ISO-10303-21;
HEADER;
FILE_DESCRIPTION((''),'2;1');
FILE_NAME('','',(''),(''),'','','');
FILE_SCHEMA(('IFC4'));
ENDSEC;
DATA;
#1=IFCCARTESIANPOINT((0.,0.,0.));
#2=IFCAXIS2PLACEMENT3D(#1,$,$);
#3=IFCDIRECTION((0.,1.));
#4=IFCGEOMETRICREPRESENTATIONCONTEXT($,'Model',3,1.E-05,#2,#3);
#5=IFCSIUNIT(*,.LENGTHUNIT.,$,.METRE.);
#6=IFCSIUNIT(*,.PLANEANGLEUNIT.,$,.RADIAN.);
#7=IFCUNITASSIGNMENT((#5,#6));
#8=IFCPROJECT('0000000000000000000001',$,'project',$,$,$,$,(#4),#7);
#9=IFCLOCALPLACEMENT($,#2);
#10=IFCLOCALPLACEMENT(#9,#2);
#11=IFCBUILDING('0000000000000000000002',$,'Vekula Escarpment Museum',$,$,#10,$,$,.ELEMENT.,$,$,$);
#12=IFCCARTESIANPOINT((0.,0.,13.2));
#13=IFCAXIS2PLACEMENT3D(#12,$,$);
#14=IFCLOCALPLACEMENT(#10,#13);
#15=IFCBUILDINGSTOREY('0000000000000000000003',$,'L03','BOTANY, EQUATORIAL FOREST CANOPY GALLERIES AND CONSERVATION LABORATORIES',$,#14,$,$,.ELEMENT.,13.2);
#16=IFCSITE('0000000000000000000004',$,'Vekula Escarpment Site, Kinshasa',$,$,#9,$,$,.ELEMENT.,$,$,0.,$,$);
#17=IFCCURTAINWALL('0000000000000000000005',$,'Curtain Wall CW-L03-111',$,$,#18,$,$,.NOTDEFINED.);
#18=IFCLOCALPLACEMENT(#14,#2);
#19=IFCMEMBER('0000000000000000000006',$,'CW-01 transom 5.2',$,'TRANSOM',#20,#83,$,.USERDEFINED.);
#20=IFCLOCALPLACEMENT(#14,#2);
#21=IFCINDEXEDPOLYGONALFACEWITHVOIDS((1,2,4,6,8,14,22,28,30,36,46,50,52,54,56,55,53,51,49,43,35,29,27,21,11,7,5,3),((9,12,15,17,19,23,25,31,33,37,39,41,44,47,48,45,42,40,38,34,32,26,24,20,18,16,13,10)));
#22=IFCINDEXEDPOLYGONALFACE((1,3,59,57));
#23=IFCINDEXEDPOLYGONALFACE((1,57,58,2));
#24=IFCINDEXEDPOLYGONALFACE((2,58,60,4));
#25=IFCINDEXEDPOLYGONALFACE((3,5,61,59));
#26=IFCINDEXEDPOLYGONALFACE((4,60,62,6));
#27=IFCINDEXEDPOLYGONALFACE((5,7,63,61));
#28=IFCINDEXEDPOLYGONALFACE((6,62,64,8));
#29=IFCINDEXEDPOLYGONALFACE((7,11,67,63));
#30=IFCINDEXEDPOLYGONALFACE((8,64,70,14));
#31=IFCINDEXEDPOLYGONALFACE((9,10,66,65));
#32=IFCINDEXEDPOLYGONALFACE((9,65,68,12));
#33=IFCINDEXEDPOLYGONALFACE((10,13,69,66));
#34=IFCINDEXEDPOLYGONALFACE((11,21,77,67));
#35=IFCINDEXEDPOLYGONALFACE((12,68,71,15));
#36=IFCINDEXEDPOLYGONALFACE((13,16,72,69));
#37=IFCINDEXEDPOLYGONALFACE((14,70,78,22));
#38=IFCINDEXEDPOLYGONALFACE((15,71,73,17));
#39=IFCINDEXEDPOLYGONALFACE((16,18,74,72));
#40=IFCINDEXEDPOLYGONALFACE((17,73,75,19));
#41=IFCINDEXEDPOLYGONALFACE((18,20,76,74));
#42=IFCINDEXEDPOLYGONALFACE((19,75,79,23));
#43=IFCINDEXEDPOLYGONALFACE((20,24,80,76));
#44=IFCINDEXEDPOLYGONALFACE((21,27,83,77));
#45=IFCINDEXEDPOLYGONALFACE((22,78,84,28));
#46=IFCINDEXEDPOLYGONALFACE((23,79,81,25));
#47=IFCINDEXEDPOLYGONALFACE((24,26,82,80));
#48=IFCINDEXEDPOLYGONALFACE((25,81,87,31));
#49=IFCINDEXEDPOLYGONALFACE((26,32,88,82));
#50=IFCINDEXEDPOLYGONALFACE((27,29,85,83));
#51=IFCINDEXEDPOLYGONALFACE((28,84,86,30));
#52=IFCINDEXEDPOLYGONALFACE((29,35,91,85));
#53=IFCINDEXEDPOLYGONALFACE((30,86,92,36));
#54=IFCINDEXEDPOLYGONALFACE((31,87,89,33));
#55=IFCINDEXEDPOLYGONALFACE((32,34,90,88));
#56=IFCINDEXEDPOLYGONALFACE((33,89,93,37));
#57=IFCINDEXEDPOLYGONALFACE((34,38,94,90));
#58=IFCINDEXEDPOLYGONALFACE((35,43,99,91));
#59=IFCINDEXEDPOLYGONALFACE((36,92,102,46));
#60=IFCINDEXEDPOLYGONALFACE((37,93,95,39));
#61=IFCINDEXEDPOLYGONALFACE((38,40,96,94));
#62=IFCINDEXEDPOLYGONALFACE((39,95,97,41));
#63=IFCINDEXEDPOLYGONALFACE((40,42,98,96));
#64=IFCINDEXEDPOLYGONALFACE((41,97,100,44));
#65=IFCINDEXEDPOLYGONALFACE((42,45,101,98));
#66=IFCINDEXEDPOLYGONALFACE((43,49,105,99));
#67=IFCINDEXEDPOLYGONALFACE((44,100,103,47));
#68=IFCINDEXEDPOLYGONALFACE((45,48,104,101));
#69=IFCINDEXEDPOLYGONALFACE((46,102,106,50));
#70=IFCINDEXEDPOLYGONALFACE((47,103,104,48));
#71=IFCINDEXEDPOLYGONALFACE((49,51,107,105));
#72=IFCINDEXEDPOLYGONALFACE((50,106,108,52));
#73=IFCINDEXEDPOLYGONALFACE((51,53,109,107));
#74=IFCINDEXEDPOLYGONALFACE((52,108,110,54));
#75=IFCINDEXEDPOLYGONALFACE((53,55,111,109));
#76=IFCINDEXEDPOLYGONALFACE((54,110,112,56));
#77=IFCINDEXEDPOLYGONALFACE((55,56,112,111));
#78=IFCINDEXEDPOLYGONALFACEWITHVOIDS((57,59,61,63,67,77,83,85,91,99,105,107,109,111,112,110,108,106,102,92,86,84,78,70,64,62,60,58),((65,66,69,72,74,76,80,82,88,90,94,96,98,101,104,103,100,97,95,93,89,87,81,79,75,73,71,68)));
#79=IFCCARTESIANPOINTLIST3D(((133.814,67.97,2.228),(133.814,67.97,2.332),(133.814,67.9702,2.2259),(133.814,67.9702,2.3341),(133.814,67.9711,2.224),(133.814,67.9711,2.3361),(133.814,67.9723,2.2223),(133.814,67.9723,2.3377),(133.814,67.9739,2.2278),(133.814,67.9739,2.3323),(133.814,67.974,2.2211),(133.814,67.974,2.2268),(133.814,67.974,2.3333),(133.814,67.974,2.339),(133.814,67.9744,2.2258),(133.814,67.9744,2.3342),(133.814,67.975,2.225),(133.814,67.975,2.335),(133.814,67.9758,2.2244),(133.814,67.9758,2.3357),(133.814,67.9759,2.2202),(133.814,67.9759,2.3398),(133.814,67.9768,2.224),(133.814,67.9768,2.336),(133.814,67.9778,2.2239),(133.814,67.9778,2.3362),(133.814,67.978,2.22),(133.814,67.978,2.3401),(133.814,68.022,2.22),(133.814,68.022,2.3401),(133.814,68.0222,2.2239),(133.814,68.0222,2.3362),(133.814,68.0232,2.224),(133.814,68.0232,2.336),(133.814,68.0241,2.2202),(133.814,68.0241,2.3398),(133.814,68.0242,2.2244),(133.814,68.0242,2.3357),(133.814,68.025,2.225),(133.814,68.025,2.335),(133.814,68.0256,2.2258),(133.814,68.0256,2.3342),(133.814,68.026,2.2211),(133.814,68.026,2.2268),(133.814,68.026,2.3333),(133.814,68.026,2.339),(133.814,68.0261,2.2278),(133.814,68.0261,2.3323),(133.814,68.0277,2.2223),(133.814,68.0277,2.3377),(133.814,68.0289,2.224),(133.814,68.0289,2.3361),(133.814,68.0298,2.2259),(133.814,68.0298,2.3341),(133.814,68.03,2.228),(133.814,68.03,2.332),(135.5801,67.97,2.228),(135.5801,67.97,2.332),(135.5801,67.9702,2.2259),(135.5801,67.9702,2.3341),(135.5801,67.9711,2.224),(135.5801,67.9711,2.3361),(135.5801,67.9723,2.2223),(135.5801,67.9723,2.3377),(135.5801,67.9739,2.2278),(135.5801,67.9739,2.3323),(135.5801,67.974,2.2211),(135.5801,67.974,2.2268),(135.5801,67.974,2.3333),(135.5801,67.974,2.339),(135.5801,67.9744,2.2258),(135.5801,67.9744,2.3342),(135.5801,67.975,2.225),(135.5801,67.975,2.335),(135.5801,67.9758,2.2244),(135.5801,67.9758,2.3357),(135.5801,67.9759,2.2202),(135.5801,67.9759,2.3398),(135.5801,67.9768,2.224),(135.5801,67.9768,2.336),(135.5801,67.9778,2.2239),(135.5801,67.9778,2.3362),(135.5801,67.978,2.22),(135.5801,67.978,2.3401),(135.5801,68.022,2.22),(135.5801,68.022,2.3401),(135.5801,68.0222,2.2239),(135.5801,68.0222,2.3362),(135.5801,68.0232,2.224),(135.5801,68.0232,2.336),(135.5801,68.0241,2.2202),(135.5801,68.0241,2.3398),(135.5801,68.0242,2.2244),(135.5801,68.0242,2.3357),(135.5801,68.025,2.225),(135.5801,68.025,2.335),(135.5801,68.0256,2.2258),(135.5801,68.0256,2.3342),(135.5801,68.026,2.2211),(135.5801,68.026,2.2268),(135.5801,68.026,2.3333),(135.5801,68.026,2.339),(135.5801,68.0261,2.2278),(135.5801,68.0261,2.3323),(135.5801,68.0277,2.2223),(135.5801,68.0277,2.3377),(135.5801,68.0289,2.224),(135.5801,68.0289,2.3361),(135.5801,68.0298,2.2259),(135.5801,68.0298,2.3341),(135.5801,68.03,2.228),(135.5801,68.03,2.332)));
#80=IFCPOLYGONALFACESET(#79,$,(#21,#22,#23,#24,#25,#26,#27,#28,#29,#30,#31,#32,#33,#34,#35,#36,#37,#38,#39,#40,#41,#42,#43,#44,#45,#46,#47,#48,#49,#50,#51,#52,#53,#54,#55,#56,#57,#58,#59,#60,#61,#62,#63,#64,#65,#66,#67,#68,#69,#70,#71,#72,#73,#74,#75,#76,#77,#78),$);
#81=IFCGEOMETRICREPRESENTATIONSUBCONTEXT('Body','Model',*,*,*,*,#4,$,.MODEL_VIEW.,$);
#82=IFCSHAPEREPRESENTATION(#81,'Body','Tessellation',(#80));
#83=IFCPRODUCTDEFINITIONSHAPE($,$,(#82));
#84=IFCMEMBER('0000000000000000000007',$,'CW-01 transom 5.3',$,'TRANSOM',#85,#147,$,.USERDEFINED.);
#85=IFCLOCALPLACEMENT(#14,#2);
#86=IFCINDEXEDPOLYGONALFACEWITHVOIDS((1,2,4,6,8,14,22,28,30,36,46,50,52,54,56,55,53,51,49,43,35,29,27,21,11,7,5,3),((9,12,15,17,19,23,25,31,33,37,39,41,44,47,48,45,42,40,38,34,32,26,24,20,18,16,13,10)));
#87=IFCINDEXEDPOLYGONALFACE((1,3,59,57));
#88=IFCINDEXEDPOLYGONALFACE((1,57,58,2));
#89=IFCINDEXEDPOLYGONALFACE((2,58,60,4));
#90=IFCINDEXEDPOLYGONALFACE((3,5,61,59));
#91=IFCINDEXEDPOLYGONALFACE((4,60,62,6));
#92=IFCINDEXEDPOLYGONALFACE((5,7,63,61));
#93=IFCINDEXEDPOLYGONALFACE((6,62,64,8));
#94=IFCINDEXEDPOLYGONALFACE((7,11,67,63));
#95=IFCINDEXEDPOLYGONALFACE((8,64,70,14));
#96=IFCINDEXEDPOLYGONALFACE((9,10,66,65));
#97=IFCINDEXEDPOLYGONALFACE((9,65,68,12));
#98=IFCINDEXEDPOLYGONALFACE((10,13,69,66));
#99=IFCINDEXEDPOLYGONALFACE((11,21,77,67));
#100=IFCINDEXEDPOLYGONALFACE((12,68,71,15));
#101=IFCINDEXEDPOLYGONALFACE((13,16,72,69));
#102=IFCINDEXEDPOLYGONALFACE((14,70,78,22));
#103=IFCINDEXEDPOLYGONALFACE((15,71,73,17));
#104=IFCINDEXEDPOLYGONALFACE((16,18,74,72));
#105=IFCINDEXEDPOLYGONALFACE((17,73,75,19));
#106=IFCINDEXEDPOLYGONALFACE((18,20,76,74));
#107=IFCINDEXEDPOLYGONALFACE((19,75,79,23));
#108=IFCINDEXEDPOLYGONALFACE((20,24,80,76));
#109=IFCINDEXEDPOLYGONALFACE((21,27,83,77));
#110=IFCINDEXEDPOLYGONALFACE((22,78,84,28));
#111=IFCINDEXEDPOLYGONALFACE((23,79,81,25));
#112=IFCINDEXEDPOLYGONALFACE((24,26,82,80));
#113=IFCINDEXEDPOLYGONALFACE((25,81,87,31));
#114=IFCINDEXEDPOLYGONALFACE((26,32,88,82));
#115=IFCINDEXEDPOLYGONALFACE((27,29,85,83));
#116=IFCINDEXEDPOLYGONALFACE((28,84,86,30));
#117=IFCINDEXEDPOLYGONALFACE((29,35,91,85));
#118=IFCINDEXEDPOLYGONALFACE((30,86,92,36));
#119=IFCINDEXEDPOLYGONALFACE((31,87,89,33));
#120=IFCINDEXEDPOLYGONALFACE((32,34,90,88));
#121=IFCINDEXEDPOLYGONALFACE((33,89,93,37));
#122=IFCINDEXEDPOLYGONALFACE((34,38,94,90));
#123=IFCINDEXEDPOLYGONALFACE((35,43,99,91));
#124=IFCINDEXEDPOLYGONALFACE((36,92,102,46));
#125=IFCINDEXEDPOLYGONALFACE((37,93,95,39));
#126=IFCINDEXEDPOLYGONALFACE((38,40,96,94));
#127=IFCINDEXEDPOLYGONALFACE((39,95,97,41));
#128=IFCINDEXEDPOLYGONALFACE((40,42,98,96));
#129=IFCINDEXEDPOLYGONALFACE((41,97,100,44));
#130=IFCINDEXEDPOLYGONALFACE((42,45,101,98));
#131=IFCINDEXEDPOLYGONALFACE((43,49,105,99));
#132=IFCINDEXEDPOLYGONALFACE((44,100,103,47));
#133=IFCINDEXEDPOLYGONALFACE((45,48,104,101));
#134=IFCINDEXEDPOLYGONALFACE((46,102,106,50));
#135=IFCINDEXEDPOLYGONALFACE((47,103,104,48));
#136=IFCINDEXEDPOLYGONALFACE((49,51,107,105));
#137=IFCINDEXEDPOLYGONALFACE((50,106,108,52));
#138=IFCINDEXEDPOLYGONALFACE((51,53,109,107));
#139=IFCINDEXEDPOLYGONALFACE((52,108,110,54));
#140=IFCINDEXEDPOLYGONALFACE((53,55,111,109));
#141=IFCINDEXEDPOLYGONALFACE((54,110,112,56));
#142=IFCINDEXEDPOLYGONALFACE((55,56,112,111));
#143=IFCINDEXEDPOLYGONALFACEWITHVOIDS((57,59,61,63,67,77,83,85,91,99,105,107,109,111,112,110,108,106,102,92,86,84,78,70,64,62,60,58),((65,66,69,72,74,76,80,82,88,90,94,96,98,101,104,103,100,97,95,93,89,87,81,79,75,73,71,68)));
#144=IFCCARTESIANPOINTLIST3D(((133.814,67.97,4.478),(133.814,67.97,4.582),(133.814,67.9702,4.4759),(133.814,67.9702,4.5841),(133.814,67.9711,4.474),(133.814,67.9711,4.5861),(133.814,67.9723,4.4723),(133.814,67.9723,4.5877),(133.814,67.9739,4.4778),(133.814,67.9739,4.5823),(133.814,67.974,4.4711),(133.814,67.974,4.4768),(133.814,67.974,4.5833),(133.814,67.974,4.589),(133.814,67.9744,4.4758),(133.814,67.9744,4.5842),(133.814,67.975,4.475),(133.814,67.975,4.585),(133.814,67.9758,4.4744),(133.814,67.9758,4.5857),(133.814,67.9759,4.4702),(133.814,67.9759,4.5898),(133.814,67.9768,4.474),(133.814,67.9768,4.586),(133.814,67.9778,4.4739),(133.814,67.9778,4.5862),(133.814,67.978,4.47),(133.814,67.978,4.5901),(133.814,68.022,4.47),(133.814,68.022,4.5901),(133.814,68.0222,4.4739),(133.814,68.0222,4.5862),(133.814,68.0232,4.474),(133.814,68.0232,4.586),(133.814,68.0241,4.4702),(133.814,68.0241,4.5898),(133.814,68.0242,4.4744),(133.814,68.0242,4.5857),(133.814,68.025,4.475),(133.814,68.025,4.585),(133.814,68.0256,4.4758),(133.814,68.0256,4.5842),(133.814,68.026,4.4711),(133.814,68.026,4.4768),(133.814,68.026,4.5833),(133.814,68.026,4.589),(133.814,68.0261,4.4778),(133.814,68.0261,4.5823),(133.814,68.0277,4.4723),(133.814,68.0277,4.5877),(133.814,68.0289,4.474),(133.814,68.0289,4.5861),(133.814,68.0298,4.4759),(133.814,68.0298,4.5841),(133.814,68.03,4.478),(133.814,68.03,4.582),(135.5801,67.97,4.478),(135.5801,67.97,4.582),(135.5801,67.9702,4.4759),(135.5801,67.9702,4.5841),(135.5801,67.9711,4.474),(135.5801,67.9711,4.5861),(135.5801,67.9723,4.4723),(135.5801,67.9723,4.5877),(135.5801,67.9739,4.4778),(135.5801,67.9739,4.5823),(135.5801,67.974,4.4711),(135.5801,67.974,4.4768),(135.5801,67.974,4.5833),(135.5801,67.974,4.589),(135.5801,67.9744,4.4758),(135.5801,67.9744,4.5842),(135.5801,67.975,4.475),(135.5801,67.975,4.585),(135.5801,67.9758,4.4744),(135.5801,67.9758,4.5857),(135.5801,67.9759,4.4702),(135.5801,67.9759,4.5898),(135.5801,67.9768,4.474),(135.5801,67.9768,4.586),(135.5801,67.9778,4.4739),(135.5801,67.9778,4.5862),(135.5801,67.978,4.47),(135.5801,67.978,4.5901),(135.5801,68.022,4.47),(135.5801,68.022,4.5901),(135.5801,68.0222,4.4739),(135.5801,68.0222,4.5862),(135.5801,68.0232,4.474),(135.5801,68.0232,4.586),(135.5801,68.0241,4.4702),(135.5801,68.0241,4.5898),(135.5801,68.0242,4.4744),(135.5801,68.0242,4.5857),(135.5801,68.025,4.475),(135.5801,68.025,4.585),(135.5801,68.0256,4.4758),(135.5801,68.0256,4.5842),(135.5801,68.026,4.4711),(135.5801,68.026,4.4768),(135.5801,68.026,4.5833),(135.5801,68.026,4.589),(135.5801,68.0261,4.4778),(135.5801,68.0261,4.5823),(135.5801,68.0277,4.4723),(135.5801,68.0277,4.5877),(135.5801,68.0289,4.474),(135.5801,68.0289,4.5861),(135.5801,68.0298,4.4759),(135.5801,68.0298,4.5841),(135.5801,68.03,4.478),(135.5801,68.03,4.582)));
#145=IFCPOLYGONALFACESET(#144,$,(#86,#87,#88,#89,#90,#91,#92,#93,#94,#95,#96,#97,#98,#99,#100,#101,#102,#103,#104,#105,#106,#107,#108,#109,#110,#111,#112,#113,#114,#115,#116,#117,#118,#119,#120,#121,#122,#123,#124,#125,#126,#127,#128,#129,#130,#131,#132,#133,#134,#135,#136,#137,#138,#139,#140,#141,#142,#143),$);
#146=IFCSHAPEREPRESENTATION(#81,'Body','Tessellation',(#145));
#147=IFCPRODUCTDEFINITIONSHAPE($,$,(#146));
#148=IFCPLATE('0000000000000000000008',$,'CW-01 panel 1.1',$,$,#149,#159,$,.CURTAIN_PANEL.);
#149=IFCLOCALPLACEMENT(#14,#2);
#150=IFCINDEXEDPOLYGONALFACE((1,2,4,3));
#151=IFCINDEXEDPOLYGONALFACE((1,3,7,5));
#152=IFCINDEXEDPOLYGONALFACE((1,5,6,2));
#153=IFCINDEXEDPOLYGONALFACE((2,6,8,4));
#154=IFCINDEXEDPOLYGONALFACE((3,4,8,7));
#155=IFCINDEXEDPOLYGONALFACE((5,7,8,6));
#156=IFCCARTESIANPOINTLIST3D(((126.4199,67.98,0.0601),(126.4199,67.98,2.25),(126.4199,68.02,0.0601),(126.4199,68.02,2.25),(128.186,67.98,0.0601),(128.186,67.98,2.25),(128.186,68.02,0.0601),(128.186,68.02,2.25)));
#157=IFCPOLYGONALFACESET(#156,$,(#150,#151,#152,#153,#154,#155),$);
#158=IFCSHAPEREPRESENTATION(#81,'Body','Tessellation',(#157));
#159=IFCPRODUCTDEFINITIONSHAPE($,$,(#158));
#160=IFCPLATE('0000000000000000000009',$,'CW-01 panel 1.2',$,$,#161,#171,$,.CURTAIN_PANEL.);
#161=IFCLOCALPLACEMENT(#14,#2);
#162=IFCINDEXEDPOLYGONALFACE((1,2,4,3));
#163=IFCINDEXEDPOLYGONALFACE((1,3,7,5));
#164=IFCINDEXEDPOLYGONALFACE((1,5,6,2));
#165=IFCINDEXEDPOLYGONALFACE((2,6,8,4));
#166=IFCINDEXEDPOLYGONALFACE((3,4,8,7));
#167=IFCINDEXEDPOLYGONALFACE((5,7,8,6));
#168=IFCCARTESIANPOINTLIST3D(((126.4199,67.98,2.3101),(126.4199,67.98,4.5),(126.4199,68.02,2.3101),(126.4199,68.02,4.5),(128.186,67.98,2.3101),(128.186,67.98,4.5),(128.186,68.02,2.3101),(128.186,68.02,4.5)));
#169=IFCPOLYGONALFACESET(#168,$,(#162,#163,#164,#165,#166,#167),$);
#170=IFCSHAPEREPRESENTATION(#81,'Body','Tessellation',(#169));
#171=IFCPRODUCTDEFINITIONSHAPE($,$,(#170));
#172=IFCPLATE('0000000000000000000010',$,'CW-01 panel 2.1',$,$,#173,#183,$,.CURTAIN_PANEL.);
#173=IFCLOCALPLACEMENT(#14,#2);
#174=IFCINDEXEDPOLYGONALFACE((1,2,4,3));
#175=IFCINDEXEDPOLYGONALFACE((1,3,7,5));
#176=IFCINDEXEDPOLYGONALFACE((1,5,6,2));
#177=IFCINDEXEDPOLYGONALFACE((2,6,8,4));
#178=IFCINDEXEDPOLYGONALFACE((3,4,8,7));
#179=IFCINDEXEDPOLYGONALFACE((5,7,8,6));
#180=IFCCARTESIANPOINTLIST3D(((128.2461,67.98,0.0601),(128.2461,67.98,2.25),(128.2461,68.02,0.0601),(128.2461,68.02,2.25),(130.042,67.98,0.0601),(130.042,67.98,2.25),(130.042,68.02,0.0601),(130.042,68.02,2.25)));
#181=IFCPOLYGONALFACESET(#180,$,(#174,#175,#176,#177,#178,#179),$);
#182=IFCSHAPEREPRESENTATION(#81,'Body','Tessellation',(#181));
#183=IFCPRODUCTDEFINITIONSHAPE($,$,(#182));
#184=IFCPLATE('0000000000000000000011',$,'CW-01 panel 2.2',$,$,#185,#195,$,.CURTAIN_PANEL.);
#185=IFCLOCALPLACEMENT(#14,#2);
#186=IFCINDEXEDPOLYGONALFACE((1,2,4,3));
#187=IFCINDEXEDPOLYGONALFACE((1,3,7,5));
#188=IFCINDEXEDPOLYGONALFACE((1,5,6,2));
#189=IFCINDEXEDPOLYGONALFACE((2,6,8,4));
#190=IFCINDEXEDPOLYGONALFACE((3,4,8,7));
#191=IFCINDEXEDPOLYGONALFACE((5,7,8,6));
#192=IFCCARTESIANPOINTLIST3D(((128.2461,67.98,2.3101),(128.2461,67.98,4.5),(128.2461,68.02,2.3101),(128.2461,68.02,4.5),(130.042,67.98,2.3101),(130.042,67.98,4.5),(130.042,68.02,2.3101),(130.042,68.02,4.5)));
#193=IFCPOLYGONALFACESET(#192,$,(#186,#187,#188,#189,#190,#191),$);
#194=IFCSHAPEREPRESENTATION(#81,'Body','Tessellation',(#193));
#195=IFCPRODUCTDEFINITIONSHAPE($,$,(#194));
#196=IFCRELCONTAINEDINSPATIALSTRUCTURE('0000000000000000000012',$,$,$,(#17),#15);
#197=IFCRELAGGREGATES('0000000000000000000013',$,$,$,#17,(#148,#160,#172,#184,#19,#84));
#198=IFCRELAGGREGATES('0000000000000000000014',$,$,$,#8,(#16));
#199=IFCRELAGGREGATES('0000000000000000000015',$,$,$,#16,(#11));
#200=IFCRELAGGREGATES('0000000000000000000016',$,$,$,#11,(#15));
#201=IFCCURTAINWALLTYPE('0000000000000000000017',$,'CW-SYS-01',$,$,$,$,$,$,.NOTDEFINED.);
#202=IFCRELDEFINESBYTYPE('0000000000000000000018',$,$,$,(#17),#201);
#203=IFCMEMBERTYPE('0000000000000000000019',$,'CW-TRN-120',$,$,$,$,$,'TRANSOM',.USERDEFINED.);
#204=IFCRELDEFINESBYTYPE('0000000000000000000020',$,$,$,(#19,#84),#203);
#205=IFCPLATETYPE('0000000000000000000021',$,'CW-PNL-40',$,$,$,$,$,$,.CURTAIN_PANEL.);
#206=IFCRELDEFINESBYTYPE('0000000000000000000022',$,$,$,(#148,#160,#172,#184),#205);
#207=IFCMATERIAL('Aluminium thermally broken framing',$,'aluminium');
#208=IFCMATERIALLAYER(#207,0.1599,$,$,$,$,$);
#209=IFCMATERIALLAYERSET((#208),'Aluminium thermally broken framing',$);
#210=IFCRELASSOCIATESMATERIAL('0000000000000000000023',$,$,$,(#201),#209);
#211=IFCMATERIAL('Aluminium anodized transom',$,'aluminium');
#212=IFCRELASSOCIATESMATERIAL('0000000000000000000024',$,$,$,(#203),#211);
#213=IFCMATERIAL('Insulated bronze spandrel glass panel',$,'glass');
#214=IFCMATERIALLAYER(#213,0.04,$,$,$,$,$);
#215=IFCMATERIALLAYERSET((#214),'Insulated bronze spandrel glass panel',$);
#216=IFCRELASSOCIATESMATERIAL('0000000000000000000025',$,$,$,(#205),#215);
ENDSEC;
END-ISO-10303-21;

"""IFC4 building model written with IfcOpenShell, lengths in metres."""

from ifc_helpers import new_model, si_unit, direction, frame, origin, origin_2d, place, context, subcontext, project, spatial, rectangle, hollow_rectangle, extrude, material, layer, layer_set, material_profile, profile_set, type_object, element, aggregate, save


model = new_model("IFC4")

# Units and contexts
model_context = context("Model", 3, precision=1e-05, world=origin(), true_north=direction((0.0, 1.0)))
body_context = subcontext(model_context, "Body", "Model", "MODEL_VIEW")
ifc_project = project(units=[si_unit("LENGTHUNIT", "METRE"), si_unit("PLANEANGLEUNIT", "RADIAN")], contexts=[model_context])

# Site, building, storey
site_placement = place(None, origin())
site = spatial("IfcSite", under=ifc_project, at=site_placement, Name="Vekula Escarpment Site, Kinshasa", CompositionType="ELEMENT", RefElevation=0.0)
building_placement = place(site_placement, origin())
building = spatial("IfcBuilding", under=site, at=building_placement, Name="Vekula Escarpment Museum", CompositionType="ELEMENT")
storey_placement = place(building_placement, frame((0.0, 0.0, 13.2)))
storey = spatial("IfcBuildingStorey", under=building, at=storey_placement, Name="L03", Description="BOTANY, EQUATORIAL FOREST CANOPY GALLERIES AND CONSERVATION LABORATORIES", CompositionType="ELEMENT", Elevation=13.2)

# Curtain wall, members, plates
ifc_material_1 = material(Name="Aluminium thermally broken framing", Category="aluminium")
ifc_layer_1 = layer(ifc_material_1, 0.1599)
ifc_layer_set_1 = layer_set([ifc_layer_1], Name="Aluminium thermally broken framing")
curtain_wall_type = type_object("IfcCurtainWallType", Name="CW-SYS-01", PredefinedType="NOTDEFINED", material=ifc_layer_set_1)
curtain_wall_placement = place(storey_placement, origin())
curtain_wall = element("IfcCurtainWall", 1, at=curtain_wall_placement, inside=storey, type_object=curtain_wall_type, Name="Curtain Wall CW-L03-111", PredefinedType="NOTDEFINED")
ifc_material_2 = material(Name="Aluminium anodized transom", Category="aluminium")
ifc_material_profile_1 = material_profile(ifc_material_2, hollow_rectangle(XDim=0.0601, YDim=0.1201, WallThickness=0.0039, InnerFilletRadius=0.0039, OuterFilletRadius=0.0081, at=origin_2d()), Name="ALU 120x60x4")
ifc_profile_set_1 = profile_set([ifc_material_profile_1], Name="Aluminium anodized transom")
member_type_1 = type_object("IfcMemberType", Name="CW-TRN-120", ElementType="TRANSOM", PredefinedType="USERDEFINED", material=ifc_profile_set_1)
member_1_placement = place(storey_placement, frame((133.814, 68.0, 2.28), z_axis=(1.0, 0.0, 0.0), x_axis=(0.0, 1.0, 0.0)))
member_1 = element("IfcMember", 2, at=member_1_placement, type_object=member_type_1, Name="CW-01 transom 5.2", ObjectType="TRANSOM", PredefinedType="USERDEFINED", context=body_context, shape_type="SweptSolid", body=[
    extrude(hollow_rectangle(XDim=0.0601, YDim=0.1201, WallThickness=0.0039, InnerFilletRadius=0.0039, OuterFilletRadius=0.0081, at=origin_2d()), origin(), (0.0, 0.0, 1.0), 1.7661),
])
member_2_placement = place(storey_placement, frame((133.814, 68.0, 4.53), z_axis=(1.0, 0.0, 0.0), x_axis=(0.0, 1.0, 0.0)))
member_2 = element("IfcMember", 3, at=member_2_placement, type_object=member_type_1, Name="CW-01 transom 5.3", ObjectType="TRANSOM", PredefinedType="USERDEFINED", context=body_context, shape_type="SweptSolid", body=[
    extrude(hollow_rectangle(XDim=0.0601, YDim=0.1201, WallThickness=0.0039, InnerFilletRadius=0.0039, OuterFilletRadius=0.0081, at=origin_2d()), origin(), (0.0, 0.0, 1.0), 1.7661),
])
ifc_material_3 = material(Name="Insulated bronze spandrel glass panel", Category="glass")
ifc_layer_2 = layer(ifc_material_3, 0.04)
ifc_layer_set_2 = layer_set([ifc_layer_2], Name="Insulated bronze spandrel glass panel")
plate_type = type_object("IfcPlateType", Name="CW-PNL-40", PredefinedType="CURTAIN_PANEL", material=ifc_layer_set_2)
plate_1_placement = place(storey_placement, frame((127.303, 68.0, 0.0601), z_axis=(0.0, 0.0, 1.0), x_axis=(1.0, 0.0, 0.0)))
plate_1 = element("IfcPlate", 4, at=plate_1_placement, type_object=plate_type, Name="CW-01 panel 1.1", PredefinedType="CURTAIN_PANEL", context=body_context, shape_type="SweptSolid", body=[
    extrude(rectangle(XDim=1.7661, YDim=0.04, at=origin_2d()), origin(), (0.0, 0.0, 1.0), 2.1899),
])
plate_2_placement = place(storey_placement, frame((127.303, 68.0, 2.3101), z_axis=(0.0, 0.0, 1.0), x_axis=(1.0, 0.0, 0.0)))
plate_2 = element("IfcPlate", 5, at=plate_2_placement, type_object=plate_type, Name="CW-01 panel 1.2", PredefinedType="CURTAIN_PANEL", context=body_context, shape_type="SweptSolid", body=[
    extrude(rectangle(XDim=1.7661, YDim=0.04, at=origin_2d()), origin(), (0.0, 0.0, 1.0), 2.1899),
])
plate_3_placement = place(storey_placement, frame((129.144, 68.0, 0.0601), z_axis=(0.0, 0.0, 1.0), x_axis=(1.0, 0.0, 0.0)))
plate_3 = element("IfcPlate", 6, at=plate_3_placement, type_object=plate_type, Name="CW-01 panel 2.1", PredefinedType="CURTAIN_PANEL", context=body_context, shape_type="SweptSolid", body=[
    extrude(rectangle(XDim=1.7959, YDim=0.04, at=origin_2d()), origin(), (0.0, 0.0, 1.0), 2.1899),
])
plate_4_placement = place(storey_placement, frame((129.144, 68.0, 2.3101), z_axis=(0.0, 0.0, 1.0), x_axis=(1.0, 0.0, 0.0)))
plate_4 = element("IfcPlate", 7, at=plate_4_placement, type_object=plate_type, Name="CW-01 panel 2.2", PredefinedType="CURTAIN_PANEL", context=body_context, shape_type="SweptSolid", body=[
    extrude(rectangle(XDim=1.7959, YDim=0.04, at=origin_2d()), origin(), (0.0, 0.0, 1.0), 2.1899),
])
aggregate(curtain_wall, [plate_1, plate_2, plate_3, plate_4, member_1, member_2])

save(model, "model.ifc")
